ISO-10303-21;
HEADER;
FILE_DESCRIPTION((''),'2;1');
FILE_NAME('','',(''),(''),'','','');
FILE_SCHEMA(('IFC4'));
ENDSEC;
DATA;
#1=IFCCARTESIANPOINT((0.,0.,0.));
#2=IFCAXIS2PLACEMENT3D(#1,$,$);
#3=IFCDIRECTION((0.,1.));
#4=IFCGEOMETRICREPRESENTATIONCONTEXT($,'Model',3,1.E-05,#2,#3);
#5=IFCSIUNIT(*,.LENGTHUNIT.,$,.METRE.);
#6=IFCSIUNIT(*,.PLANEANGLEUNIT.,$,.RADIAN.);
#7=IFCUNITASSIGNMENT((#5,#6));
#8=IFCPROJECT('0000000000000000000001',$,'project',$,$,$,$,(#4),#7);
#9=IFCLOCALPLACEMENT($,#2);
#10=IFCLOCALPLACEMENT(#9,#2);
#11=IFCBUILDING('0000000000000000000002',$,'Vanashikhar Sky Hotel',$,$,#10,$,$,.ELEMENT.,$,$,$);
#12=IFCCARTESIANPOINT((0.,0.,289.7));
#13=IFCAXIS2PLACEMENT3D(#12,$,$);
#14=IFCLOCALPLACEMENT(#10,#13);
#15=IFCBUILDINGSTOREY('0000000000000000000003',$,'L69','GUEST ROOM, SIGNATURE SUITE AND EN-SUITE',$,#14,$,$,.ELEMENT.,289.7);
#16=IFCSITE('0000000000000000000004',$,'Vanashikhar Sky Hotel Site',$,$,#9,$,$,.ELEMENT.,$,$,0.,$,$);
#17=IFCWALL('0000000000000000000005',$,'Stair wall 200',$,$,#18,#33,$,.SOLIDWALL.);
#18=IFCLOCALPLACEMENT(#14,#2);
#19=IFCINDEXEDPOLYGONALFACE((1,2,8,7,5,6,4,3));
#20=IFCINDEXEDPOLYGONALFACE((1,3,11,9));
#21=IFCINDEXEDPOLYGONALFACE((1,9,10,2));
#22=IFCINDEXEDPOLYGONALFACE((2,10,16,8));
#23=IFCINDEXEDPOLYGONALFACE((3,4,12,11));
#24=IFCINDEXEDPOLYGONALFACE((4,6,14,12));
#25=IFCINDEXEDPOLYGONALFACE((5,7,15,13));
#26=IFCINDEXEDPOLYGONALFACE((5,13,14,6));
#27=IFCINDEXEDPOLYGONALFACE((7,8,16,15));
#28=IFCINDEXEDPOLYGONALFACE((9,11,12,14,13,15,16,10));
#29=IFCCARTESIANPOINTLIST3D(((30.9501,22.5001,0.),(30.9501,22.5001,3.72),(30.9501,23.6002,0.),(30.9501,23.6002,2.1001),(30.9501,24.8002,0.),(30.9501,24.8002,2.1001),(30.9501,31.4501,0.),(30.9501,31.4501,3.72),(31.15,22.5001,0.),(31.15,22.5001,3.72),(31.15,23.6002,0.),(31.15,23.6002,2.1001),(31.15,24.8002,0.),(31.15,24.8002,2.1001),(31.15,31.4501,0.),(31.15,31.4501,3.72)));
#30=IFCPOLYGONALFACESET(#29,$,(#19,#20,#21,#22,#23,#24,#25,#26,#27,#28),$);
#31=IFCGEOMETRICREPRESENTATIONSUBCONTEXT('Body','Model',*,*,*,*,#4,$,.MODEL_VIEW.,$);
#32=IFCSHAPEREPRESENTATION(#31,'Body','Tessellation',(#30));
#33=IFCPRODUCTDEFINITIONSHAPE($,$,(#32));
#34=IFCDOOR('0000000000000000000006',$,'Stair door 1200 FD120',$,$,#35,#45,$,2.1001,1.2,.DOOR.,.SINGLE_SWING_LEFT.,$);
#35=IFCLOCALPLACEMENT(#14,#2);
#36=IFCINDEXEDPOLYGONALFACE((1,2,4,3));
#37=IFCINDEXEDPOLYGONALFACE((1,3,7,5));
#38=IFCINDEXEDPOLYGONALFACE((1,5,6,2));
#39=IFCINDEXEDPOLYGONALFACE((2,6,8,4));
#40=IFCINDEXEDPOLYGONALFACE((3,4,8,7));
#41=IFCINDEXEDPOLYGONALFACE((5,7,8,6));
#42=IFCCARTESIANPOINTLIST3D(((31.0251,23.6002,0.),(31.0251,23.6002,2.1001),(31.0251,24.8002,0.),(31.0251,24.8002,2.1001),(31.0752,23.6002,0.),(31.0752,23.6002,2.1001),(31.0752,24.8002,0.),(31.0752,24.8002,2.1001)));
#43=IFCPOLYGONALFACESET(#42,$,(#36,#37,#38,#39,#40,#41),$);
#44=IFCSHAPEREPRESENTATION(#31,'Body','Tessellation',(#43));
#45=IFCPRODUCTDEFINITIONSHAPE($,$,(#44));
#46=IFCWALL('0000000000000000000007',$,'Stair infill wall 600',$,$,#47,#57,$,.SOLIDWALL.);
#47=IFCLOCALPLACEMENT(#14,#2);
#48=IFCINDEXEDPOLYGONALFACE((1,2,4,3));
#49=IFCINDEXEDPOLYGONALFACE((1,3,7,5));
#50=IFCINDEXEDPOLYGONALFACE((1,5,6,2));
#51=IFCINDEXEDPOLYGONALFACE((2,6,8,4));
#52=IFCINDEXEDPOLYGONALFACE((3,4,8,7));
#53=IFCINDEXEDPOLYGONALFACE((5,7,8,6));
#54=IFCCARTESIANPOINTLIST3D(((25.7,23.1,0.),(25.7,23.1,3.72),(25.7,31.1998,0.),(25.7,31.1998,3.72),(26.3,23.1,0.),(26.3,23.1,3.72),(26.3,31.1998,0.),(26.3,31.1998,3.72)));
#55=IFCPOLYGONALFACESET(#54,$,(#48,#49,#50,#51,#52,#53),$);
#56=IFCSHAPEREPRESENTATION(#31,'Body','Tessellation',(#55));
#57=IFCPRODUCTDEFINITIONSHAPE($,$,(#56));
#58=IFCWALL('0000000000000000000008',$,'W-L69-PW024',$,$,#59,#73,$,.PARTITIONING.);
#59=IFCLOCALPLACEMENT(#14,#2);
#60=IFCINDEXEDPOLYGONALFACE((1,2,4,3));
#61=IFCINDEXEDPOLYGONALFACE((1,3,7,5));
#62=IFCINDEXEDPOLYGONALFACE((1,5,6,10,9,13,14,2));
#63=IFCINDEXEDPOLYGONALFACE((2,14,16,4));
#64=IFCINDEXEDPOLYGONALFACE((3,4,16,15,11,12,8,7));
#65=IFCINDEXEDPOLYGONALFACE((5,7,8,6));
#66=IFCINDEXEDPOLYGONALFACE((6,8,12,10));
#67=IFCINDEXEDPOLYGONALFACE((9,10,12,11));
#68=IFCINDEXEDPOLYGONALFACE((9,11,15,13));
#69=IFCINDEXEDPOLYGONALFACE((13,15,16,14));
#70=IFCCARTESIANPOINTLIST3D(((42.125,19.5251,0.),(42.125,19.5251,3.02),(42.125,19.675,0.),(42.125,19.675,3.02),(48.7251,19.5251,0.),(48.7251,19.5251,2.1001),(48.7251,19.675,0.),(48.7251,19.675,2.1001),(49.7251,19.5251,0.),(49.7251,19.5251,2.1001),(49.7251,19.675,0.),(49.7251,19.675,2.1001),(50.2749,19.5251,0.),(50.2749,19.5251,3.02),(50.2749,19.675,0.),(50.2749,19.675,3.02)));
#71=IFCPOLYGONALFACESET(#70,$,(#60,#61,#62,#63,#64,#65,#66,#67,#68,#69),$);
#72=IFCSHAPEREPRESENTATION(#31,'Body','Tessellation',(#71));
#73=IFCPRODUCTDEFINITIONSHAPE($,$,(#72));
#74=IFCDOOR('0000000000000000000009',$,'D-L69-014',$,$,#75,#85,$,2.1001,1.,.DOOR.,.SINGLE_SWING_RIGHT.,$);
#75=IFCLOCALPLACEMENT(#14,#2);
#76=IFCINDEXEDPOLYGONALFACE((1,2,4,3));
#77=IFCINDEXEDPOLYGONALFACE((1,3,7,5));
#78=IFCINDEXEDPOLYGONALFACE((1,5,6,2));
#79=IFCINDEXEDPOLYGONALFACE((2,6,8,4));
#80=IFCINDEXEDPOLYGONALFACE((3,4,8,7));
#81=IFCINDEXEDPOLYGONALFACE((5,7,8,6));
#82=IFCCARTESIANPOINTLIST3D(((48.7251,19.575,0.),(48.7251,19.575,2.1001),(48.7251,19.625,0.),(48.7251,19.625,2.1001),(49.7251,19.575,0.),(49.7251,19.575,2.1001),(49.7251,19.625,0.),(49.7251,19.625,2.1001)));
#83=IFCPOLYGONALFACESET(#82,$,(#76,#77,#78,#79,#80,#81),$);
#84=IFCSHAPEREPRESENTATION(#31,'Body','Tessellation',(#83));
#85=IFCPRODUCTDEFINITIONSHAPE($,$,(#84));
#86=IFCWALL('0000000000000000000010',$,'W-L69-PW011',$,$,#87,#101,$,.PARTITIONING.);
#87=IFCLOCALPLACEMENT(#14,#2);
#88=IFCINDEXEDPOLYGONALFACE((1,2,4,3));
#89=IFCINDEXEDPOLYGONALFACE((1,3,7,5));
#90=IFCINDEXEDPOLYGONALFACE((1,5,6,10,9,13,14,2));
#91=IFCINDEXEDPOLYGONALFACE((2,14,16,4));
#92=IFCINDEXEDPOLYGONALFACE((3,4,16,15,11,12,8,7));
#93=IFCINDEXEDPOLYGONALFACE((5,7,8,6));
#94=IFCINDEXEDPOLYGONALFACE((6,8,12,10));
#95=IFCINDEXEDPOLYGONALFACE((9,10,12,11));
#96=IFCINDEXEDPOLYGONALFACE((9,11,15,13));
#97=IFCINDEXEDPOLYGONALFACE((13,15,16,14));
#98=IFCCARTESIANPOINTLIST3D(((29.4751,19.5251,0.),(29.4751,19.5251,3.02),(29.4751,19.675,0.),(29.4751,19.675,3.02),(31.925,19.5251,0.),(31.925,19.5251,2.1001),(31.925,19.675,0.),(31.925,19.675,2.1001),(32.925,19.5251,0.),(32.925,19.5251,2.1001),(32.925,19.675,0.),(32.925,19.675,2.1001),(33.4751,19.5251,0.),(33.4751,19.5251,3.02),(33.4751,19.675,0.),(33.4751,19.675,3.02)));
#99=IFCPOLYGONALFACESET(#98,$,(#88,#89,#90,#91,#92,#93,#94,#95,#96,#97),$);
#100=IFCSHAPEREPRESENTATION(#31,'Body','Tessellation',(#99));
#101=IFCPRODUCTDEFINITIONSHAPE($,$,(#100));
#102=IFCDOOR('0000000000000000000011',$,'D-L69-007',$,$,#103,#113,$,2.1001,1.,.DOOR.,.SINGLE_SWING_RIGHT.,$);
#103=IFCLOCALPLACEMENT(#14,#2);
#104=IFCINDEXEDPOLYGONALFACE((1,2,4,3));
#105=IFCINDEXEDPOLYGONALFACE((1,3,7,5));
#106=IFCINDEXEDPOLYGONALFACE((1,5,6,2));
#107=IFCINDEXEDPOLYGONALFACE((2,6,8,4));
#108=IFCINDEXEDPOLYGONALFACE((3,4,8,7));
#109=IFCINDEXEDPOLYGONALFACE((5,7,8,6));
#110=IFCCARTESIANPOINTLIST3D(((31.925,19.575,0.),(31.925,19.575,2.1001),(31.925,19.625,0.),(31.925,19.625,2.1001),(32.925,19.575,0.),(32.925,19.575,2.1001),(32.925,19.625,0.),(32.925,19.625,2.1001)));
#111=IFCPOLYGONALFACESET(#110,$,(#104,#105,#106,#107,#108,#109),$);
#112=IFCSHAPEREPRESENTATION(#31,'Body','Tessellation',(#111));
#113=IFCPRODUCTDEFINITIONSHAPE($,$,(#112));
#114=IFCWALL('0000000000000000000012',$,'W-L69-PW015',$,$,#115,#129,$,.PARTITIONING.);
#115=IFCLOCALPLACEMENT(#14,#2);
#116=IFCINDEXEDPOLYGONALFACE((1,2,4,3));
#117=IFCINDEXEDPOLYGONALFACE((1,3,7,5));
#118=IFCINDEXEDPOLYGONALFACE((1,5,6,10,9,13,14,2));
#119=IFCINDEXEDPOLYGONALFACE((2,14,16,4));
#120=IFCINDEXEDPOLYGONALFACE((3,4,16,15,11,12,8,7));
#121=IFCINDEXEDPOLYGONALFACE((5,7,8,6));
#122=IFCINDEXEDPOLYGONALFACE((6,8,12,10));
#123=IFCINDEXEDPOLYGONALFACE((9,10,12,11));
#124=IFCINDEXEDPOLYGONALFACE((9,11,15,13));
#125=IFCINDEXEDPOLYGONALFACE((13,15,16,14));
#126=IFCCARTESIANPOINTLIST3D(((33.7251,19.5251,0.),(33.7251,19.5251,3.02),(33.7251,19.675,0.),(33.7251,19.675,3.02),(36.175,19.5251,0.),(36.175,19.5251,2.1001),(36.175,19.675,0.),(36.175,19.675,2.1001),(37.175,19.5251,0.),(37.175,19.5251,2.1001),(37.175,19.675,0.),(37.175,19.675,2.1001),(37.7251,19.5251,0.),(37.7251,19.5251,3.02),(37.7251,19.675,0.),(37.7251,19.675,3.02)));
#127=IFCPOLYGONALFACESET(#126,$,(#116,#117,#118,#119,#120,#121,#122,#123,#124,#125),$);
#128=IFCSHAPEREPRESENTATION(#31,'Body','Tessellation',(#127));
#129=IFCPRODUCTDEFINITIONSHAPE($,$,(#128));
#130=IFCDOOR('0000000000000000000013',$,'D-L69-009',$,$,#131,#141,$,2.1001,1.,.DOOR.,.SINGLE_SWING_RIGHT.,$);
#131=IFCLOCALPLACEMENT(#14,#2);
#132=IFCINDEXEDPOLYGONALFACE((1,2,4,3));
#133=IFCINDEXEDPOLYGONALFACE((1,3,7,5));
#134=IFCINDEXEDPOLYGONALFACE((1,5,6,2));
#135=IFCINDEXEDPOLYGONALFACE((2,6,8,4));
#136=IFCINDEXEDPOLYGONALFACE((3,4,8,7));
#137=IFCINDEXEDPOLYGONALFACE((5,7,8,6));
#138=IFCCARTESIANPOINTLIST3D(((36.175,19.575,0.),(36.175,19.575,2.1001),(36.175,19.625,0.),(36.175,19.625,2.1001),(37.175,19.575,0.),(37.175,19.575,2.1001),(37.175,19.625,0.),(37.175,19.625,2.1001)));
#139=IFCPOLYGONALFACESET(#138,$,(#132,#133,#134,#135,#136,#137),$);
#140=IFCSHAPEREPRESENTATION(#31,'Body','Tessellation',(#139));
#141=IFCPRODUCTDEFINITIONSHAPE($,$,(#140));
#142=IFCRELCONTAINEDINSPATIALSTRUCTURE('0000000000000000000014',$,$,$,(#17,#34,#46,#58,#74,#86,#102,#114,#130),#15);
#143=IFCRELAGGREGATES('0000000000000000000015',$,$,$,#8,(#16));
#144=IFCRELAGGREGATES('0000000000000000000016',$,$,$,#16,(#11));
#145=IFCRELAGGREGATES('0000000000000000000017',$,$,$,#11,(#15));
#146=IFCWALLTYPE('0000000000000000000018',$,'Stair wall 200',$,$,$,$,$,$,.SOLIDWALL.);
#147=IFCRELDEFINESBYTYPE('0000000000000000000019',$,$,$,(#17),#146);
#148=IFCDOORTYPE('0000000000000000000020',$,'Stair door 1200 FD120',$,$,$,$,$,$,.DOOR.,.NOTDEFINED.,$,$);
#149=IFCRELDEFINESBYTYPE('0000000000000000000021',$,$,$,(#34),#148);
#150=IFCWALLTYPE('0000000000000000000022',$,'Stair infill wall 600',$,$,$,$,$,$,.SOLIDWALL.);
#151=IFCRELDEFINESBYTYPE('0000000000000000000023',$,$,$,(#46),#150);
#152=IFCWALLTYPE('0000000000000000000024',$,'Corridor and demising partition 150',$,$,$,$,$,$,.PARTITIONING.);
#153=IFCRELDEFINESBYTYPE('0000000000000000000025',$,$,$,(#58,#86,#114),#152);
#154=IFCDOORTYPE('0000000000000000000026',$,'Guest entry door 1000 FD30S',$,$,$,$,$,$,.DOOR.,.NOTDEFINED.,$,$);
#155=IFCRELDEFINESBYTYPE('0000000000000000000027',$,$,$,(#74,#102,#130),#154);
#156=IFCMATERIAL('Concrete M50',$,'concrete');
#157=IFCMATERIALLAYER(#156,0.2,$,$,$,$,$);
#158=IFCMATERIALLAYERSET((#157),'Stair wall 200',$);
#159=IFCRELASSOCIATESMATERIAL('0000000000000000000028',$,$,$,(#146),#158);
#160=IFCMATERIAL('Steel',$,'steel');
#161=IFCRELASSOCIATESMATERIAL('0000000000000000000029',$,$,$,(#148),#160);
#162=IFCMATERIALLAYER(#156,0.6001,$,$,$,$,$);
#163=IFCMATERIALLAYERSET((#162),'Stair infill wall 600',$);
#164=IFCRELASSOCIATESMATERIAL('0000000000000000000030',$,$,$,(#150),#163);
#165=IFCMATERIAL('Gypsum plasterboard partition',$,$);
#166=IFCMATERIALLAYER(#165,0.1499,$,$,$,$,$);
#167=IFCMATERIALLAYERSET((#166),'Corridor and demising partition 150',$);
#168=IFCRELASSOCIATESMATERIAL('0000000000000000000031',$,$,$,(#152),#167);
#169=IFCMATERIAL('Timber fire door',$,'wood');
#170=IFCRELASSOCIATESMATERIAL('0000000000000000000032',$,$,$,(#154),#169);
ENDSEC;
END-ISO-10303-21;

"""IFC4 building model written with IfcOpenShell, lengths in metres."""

from ifc_helpers import new_model, si_unit, direction, frame, frame_2d, origin, place, context, subcontext, project, spatial, rectangle, extrude, source, transform, mapped, material, layer, layer_set, type_object, element, fill, save


model = new_model("IFC4")

# Units and contexts
model_context = context("Model", 3, precision=1e-05, world=origin(), true_north=direction((0.0, 1.0)))
body_context = subcontext(model_context, "Body", "Model", "MODEL_VIEW")
ifc_project = project(units=[si_unit("LENGTHUNIT", "METRE"), si_unit("PLANEANGLEUNIT", "RADIAN")], contexts=[model_context])

# Site, building, storey
site_placement = place(None, origin())
site = spatial("IfcSite", under=ifc_project, at=site_placement, Name="Vanashikhar Sky Hotel Site", CompositionType="ELEMENT", RefElevation=0.0)
building_placement = place(site_placement, origin())
building = spatial("IfcBuilding", under=site, at=building_placement, Name="Vanashikhar Sky Hotel", CompositionType="ELEMENT")
storey_placement = place(building_placement, frame((0.0, 0.0, 289.7)))
storey = spatial("IfcBuildingStorey", under=building, at=storey_placement, Name="L69", Description="GUEST ROOM, SIGNATURE SUITE AND EN-SUITE", CompositionType="ELEMENT", Elevation=289.7)

# Shared definitions
ifc_material_1 = material(Name="Concrete M50", Category="concrete")

# Shared definitions
ifc_material_2 = material(Name="Steel", Category="steel")

# Wall, opening, door
ifc_layer_1 = layer(ifc_material_1, 0.2)
ifc_layer_set_1 = layer_set([ifc_layer_1], Name="Stair wall 200")
wall_type_1 = type_object("IfcWallType", Name="Stair wall 200", PredefinedType="SOLIDWALL", material=ifc_layer_set_1)
shared_shape_1 = source(origin(), body_context, "Body", "SweptSolid", [
    extrude(rectangle(XDim=8.95, YDim=0.2, at=frame_2d((4.4751, 0.0))), origin(), (0.0, 0.0, 1.0), 3.72),
])
wall_1_placement = place(storey_placement, frame((31.05, 22.5, 0.0), z_axis=(0.0, 0.0, 1.0), x_axis=(0.0, 1.0, 0.0)))
wall_1 = element("IfcWall", 1, at=wall_1_placement, inside=storey, type_object=wall_type_1, Name="Stair wall 200", PredefinedType="SOLIDWALL", context=body_context, shape_type="MappedRepresentation", body=[
    mapped(shared_shape_1, transform((0.0, 0.0, 0.0), scale=1.0)),
])
shared_shape_2 = source(origin(), body_context, "Body", "SweptSolid", [
    extrude(rectangle(XDim=1.2, YDim=2.1001, at=frame_2d((0.6001, 1.05))), frame((0.0, 0.1099, 0.0), z_axis=(0.0, -1.0, 0.0), x_axis=(1.0, 0.0, 0.0)), (0.0, 0.0, 1.0), 0.22),
])
opening_1_placement = place(wall_1_placement, frame((1.1001, 0.0, 0.0)))
opening_1 = element("IfcOpeningElement", 2, at=opening_1_placement, cuts=wall_1, PredefinedType="OPENING", context=body_context, shape_type="MappedRepresentation", body=[
    mapped(shared_shape_2, transform((0.0, 0.0, 0.0), scale=1.0)),
])
door_type_1 = type_object("IfcDoorType", Name="Stair door 1200 FD120", OperationType="NOTDEFINED", PredefinedType="DOOR", material=ifc_material_2)
shared_shape_3 = source(origin(), body_context, "Body", "SweptSolid", [
    extrude(rectangle(XDim=1.2, YDim=2.1001, at=frame_2d((0.6001, 1.05))), frame((0.0, 0.0249, 0.0), z_axis=(0.0, -1.0, 0.0), x_axis=(1.0, 0.0, 0.0)), (0.0, 0.0, 1.0), 0.05),
])
door_1_placement = place(opening_1_placement, origin())
door_1 = element("IfcDoor", 3, at=door_1_placement, inside=storey, type_object=door_type_1, Name="Stair door 1200 FD120", OperationType="SINGLE_SWING_LEFT", OverallHeight=2.1001, OverallWidth=1.2, PredefinedType="DOOR", context=body_context, shape_type="MappedRepresentation", body=[
    mapped(shared_shape_3, transform((0.0, 0.0, 0.0), scale=1.0)),
])
fill(opening_1, door_1)

# Wall
ifc_layer_2 = layer(ifc_material_1, 0.6001)
ifc_layer_set_2 = layer_set([ifc_layer_2], Name="Stair infill wall 600")
wall_type_2 = type_object("IfcWallType", Name="Stair infill wall 600", PredefinedType="SOLIDWALL", material=ifc_layer_set_2)
shared_shape_4 = source(origin(), body_context, "Body", "SweptSolid", [
    extrude(rectangle(XDim=8.0999, YDim=0.6001, at=frame_2d((4.0498, 0.0))), origin(), (0.0, 0.0, 1.0), 3.72),
])
wall_2_placement = place(storey_placement, frame((26.0, 23.1001, 0.0), z_axis=(0.0, 0.0, 1.0), x_axis=(0.0, 1.0, 0.0)))
element("IfcWall", 4, at=wall_2_placement, inside=storey, type_object=wall_type_2, Name="Stair infill wall 600", PredefinedType="SOLIDWALL", context=body_context, shape_type="MappedRepresentation", body=[
    mapped(shared_shape_4, transform((0.0, 0.0, 0.0), scale=1.0)),
])

# Walls, openings, doors
ifc_material_3 = material(Name="Gypsum plasterboard partition")
ifc_layer_3 = layer(ifc_material_3, 0.1499)
ifc_layer_set_3 = layer_set([ifc_layer_3], Name="Corridor and demising partition 150")
wall_type_3 = type_object("IfcWallType", Name="Corridor and demising partition 150", PredefinedType="PARTITIONING", material=ifc_layer_set_3)
shared_shape_5 = source(origin(), body_context, "Body", "SweptSolid", [
    extrude(rectangle(XDim=8.1499, YDim=0.1499, at=frame_2d((4.075, 0.0))), origin(), (0.0, 0.0, 1.0), 3.02),
])
wall_3_placement = place(storey_placement, frame((42.125, 19.6001, 0.0), z_axis=(0.0, 0.0, 1.0), x_axis=(1.0, 0.0, 0.0)))
wall_3 = element("IfcWall", 5, at=wall_3_placement, inside=storey, type_object=wall_type_3, Name="W-L69-PW024", PredefinedType="PARTITIONING", context=body_context, shape_type="MappedRepresentation", body=[
    mapped(shared_shape_5, transform((0.0, 0.0, 0.0), scale=1.0)),
])
shared_shape_6 = source(origin(), body_context, "Body", "SweptSolid", [
    extrude(rectangle(XDim=1.0, YDim=2.1001, at=frame_2d((0.5, 1.05))), frame((0.0, 0.085, 0.0), z_axis=(0.0, -1.0, 0.0), x_axis=(1.0, 0.0, 0.0)), (0.0, 0.0, 1.0), 0.1699),
])
opening_2_placement = place(wall_3_placement, frame((6.6001, 0.0, 0.0)))
opening_2 = element("IfcOpeningElement", 6, at=opening_2_placement, cuts=wall_3, PredefinedType="OPENING", context=body_context, shape_type="MappedRepresentation", body=[
    mapped(shared_shape_6, transform((0.0, 0.0, 0.0), scale=1.0)),
])
ifc_material_4 = material(Name="Timber fire door", Category="wood")
door_type_2 = type_object("IfcDoorType", Name="Guest entry door 1000 FD30S", OperationType="NOTDEFINED", PredefinedType="DOOR", material=ifc_material_4)
shared_shape_7 = source(origin(), body_context, "Body", "SweptSolid", [
    extrude(rectangle(XDim=1.0, YDim=2.1001, at=frame_2d((0.5, 1.05))), frame((0.0, 0.0249, 0.0), z_axis=(0.0, -1.0, 0.0), x_axis=(1.0, 0.0, 0.0)), (0.0, 0.0, 1.0), 0.05),
])
door_2_placement = place(opening_2_placement, origin())
door_2 = element("IfcDoor", 7, at=door_2_placement, inside=storey, type_object=door_type_2, Name="D-L69-014", OperationType="SINGLE_SWING_RIGHT", OverallHeight=2.1001, OverallWidth=1.0, PredefinedType="DOOR", context=body_context, shape_type="MappedRepresentation", body=[
    mapped(shared_shape_7, transform((0.0, 0.0, 0.0), scale=1.0)),
])
fill(opening_2, door_2)
shared_shape_8 = source(origin(), body_context, "Body", "SweptSolid", [
    extrude(rectangle(XDim=4.0, YDim=0.1499, at=frame_2d((2.0, 0.0))), origin(), (0.0, 0.0, 1.0), 3.02),
])
wall_4_placement = place(storey_placement, frame((29.4751, 19.6001, 0.0), z_axis=(0.0, 0.0, 1.0), x_axis=(1.0, 0.0, 0.0)))
wall_4 = element("IfcWall", 8, at=wall_4_placement, inside=storey, type_object=wall_type_3, Name="W-L69-PW011", PredefinedType="PARTITIONING", context=body_context, shape_type="MappedRepresentation", body=[
    mapped(shared_shape_8, transform((0.0, 0.0, 0.0), scale=1.0)),
])
opening_3_placement = place(wall_4_placement, frame((2.45, 0.0, 0.0)))
opening_3 = element("IfcOpeningElement", 9, at=opening_3_placement, cuts=wall_4, PredefinedType="OPENING", context=body_context, shape_type="MappedRepresentation", body=[
    mapped(shared_shape_6, transform((0.0, 0.0, 0.0), scale=1.0)),
])
door_3_placement = place(opening_3_placement, origin())
door_3 = element("IfcDoor", 10, at=door_3_placement, inside=storey, type_object=door_type_2, Name="D-L69-007", OperationType="SINGLE_SWING_RIGHT", OverallHeight=2.1001, OverallWidth=1.0, PredefinedType="DOOR", context=body_context, shape_type="MappedRepresentation", body=[
    mapped(shared_shape_7, transform((0.0, 0.0, 0.0), scale=1.0)),
])
fill(opening_3, door_3)
wall_5_placement = place(storey_placement, frame((33.7251, 19.6001, 0.0), z_axis=(0.0, 0.0, 1.0), x_axis=(1.0, 0.0, 0.0)))
wall_5 = element("IfcWall", 11, at=wall_5_placement, inside=storey, type_object=wall_type_3, Name="W-L69-PW015", PredefinedType="PARTITIONING", context=body_context, shape_type="MappedRepresentation", body=[
    mapped(shared_shape_8, transform((0.0, 0.0, 0.0), scale=1.0)),
])
opening_4_placement = place(wall_5_placement, frame((2.45, 0.0, 0.0)))
opening_4 = element("IfcOpeningElement", 12, at=opening_4_placement, cuts=wall_5, PredefinedType="OPENING", context=body_context, shape_type="MappedRepresentation", body=[
    mapped(shared_shape_6, transform((0.0, 0.0, 0.0), scale=1.0)),
])
door_4_placement = place(opening_4_placement, origin())
door_4 = element("IfcDoor", 13, at=door_4_placement, inside=storey, type_object=door_type_2, Name="D-L69-009", OperationType="SINGLE_SWING_RIGHT", OverallHeight=2.1001, OverallWidth=1.0, PredefinedType="DOOR", context=body_context, shape_type="MappedRepresentation", body=[
    mapped(shared_shape_7, transform((0.0, 0.0, 0.0), scale=1.0)),
])
fill(opening_4, door_4)

save(model, "model.ifc")
